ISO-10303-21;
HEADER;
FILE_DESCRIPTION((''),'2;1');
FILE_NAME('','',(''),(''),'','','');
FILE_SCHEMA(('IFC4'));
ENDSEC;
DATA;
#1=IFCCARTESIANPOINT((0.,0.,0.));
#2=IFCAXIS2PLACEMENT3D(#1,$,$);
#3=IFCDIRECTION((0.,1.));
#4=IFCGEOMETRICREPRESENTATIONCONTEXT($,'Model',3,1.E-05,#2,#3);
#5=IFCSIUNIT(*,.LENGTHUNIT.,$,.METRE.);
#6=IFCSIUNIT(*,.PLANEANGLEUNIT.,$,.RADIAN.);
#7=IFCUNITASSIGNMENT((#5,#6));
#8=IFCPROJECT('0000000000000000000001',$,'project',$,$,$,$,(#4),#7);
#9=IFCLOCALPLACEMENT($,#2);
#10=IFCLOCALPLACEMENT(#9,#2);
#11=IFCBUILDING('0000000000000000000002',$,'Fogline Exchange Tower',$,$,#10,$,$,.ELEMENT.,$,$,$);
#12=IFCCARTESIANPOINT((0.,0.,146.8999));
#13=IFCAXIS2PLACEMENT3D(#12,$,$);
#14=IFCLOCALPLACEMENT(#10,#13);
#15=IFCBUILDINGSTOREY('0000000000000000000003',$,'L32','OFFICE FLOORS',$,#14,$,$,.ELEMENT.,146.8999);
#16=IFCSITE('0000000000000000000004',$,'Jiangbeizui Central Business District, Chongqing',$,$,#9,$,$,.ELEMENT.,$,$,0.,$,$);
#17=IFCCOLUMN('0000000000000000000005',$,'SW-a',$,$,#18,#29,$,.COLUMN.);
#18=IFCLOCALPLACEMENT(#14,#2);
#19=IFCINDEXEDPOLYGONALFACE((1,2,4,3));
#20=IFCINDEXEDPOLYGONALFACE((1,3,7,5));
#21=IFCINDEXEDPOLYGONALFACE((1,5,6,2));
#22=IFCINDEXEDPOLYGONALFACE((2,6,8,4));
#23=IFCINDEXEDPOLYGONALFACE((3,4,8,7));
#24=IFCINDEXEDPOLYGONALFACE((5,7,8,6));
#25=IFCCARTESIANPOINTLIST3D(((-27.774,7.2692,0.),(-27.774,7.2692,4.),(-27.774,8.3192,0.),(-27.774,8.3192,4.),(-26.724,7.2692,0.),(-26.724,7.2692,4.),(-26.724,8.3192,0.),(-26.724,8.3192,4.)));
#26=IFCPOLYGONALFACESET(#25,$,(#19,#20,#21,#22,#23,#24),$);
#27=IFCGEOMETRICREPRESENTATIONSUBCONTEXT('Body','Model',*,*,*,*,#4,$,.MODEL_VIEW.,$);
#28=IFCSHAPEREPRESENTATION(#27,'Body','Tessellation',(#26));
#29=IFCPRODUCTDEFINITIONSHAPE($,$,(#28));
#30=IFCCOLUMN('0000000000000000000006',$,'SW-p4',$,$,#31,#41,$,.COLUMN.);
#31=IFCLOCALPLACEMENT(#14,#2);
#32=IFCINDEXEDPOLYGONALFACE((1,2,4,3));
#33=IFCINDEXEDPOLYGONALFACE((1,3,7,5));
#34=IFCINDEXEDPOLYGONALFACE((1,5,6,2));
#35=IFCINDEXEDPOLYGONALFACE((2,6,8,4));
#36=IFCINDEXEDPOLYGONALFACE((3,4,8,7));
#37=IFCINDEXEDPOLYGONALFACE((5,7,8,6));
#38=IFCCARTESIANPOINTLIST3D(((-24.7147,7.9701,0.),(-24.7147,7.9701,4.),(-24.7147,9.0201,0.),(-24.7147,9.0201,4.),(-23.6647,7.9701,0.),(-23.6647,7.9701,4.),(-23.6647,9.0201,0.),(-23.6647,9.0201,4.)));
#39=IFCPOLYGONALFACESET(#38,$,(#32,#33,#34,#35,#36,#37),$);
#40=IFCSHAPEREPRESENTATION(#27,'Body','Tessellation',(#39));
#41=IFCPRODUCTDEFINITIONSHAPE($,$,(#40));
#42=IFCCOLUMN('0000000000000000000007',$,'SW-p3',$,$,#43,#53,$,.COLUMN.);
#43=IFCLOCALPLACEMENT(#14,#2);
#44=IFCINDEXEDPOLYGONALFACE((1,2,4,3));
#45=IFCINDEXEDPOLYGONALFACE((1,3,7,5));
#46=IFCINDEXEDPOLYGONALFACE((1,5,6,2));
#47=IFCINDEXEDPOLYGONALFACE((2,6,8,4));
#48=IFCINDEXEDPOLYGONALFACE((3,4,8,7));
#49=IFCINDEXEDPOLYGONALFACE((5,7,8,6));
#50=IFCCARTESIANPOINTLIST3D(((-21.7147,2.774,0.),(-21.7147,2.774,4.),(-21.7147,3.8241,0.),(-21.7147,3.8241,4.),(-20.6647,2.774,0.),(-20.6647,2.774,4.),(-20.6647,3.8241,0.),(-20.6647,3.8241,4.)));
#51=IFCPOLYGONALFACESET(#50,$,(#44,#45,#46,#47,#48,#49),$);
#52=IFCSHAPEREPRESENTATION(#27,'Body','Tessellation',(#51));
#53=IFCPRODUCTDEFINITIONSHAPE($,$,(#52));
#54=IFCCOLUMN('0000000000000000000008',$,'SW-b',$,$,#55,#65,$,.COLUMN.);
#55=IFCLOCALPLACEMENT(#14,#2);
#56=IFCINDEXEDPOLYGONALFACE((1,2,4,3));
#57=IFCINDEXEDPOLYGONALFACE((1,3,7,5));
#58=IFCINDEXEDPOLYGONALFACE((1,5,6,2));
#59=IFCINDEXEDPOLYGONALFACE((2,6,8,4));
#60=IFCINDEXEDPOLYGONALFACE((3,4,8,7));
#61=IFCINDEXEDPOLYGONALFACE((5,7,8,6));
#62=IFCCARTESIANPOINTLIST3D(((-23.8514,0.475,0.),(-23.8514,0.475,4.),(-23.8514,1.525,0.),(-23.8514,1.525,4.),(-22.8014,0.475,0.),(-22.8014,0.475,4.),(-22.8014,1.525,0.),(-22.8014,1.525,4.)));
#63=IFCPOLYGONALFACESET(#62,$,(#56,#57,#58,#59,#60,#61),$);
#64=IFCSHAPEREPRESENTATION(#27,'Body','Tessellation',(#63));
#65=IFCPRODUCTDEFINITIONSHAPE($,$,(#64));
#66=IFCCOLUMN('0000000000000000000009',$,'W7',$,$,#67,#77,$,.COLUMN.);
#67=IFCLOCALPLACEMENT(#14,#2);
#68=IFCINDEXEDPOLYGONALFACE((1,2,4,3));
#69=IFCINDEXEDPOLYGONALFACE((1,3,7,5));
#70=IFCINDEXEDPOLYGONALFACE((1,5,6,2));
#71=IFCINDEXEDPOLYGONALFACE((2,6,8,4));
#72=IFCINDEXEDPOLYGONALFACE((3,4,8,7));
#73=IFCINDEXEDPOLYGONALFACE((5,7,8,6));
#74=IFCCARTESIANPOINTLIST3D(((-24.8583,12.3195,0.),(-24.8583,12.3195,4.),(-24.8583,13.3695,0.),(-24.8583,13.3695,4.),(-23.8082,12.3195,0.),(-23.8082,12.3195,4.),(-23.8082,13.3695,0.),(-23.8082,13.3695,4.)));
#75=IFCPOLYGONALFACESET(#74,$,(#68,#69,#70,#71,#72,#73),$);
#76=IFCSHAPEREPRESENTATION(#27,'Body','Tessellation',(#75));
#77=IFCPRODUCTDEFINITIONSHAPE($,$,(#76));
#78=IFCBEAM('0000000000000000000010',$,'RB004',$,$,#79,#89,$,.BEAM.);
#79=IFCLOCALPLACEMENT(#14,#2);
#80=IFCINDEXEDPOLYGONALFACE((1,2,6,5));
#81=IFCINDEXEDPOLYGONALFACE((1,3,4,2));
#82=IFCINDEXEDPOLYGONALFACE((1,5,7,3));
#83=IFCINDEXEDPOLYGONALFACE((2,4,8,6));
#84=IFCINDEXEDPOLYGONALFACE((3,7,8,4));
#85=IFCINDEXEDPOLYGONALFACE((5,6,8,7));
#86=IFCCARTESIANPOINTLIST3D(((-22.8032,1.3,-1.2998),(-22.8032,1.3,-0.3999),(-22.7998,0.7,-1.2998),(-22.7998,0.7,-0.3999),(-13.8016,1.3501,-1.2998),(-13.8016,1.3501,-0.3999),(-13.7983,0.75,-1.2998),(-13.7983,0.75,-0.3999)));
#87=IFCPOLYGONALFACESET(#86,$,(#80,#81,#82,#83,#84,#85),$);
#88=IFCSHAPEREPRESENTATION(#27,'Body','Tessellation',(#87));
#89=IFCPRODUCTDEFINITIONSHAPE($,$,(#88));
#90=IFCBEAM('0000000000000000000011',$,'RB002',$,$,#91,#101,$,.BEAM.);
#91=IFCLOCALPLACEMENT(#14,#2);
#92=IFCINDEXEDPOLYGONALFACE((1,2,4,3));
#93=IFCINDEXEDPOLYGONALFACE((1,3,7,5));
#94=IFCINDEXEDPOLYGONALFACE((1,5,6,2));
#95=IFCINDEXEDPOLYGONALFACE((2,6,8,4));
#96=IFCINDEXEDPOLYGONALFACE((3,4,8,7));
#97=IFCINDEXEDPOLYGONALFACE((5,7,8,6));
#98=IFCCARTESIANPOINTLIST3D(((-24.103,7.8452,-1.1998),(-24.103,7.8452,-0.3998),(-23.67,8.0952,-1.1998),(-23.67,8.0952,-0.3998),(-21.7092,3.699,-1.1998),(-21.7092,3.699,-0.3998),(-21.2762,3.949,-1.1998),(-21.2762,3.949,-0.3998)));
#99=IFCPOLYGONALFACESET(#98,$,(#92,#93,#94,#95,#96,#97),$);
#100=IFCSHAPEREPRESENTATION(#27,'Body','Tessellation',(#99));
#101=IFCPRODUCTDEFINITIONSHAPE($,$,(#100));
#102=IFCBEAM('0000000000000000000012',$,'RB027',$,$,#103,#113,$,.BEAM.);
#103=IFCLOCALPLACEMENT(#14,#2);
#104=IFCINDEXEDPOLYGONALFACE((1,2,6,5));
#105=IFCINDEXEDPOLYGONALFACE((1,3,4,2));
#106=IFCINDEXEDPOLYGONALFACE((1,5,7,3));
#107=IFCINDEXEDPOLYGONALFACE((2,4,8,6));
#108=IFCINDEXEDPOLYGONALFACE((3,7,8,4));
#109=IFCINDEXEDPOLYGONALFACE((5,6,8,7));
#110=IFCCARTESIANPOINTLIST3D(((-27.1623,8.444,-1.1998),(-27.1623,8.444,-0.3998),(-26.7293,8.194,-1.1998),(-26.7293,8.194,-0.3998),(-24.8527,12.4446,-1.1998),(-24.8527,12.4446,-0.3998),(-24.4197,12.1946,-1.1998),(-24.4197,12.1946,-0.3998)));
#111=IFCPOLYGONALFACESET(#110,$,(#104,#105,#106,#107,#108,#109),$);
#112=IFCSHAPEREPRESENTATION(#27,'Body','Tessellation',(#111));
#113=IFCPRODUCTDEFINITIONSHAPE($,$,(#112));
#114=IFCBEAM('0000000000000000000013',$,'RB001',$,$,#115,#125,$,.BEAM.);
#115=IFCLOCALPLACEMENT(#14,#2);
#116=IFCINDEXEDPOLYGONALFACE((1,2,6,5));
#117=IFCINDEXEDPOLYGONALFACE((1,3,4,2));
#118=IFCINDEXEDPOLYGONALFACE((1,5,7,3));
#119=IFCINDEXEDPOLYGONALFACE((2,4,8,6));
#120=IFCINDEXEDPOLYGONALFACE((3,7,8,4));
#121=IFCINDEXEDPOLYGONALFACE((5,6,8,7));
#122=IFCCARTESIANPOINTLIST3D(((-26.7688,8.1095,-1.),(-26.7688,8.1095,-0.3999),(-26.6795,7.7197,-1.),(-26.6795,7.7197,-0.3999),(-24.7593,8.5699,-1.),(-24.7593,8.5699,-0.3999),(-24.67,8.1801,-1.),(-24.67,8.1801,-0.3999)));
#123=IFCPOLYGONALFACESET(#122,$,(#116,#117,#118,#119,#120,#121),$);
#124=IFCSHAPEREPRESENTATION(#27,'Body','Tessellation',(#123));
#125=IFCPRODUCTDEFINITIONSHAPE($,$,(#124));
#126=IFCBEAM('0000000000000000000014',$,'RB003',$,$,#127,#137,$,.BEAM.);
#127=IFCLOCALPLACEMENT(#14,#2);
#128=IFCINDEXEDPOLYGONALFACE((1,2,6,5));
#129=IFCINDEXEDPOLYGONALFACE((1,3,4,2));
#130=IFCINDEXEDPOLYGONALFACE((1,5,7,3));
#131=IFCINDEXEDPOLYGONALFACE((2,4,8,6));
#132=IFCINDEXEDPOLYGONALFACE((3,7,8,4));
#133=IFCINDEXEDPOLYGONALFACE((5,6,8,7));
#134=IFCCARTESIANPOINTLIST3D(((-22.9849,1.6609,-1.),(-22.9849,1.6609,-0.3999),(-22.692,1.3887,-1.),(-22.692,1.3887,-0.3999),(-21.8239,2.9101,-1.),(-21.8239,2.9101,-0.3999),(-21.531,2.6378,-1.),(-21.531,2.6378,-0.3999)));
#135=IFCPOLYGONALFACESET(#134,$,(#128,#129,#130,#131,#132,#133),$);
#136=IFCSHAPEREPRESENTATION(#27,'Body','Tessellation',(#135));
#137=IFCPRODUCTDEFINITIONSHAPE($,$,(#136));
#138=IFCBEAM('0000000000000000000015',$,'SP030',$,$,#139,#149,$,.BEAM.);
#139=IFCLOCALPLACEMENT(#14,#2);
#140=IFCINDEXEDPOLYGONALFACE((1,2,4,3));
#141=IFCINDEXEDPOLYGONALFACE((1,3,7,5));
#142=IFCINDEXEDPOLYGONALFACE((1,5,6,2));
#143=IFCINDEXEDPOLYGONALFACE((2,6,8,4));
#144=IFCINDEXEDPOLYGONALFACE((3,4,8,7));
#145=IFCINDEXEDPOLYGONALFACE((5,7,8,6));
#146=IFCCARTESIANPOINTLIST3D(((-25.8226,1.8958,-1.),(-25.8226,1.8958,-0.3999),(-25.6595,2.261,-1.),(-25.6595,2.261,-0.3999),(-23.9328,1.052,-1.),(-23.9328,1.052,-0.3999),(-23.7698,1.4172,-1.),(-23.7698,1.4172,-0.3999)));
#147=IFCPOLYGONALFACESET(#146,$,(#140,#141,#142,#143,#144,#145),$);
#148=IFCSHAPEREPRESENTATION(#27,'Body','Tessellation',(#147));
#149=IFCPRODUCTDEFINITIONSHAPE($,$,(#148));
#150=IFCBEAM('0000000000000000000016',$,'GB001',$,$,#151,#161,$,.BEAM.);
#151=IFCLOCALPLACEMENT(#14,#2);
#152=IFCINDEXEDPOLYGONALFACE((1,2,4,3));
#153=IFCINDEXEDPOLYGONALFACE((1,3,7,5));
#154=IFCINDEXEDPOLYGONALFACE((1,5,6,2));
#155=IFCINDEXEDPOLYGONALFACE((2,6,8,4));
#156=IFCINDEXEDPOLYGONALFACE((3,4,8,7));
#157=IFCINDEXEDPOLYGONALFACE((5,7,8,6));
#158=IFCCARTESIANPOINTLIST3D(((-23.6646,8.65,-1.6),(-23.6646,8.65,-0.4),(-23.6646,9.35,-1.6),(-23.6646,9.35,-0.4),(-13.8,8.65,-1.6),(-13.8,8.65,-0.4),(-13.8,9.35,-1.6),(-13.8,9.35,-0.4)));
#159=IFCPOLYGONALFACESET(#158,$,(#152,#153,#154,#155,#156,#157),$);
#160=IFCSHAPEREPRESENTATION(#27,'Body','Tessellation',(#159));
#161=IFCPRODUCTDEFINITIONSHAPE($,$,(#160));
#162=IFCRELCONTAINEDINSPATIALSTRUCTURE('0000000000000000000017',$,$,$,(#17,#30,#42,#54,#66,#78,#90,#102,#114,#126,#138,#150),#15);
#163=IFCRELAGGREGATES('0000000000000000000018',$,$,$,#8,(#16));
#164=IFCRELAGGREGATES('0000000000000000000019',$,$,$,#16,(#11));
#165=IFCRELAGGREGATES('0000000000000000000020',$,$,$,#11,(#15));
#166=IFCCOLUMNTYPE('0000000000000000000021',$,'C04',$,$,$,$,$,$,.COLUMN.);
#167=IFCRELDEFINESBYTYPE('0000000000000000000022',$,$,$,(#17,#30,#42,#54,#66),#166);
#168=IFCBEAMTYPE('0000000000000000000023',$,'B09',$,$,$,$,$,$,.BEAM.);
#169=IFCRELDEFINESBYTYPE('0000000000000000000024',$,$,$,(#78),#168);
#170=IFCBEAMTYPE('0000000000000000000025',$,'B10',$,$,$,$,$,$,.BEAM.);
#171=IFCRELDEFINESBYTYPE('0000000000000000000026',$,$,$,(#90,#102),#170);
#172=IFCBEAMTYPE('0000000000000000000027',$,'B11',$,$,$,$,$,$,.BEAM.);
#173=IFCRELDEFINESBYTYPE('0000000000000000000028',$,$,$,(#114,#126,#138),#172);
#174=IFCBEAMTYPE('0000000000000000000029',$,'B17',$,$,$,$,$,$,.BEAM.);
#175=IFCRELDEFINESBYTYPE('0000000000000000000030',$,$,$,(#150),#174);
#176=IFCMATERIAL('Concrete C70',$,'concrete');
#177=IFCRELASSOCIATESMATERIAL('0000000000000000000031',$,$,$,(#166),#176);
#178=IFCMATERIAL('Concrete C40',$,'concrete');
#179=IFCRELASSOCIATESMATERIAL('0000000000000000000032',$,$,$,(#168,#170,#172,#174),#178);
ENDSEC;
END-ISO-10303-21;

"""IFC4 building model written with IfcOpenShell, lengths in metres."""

from ifc_helpers import new_model, si_unit, direction, frame, origin, origin_2d, place, context, subcontext, project, spatial, rectangle, extrude, material, material_profile, profile_set, type_object, element, save


model = new_model("IFC4")

# Units and contexts
model_context = context("Model", 3, precision=1e-05, world=origin(), true_north=direction((0.0, 1.0)))
body_context = subcontext(model_context, "Body", "Model", "MODEL_VIEW")
ifc_project = project(units=[si_unit("LENGTHUNIT", "METRE"), si_unit("PLANEANGLEUNIT", "RADIAN")], contexts=[model_context])

# Site, building, storey
site_placement = place(None, origin())
site = spatial("IfcSite", under=ifc_project, at=site_placement, Name="Jiangbeizui Central Business District, Chongqing", CompositionType="ELEMENT", RefElevation=0.0)
building_placement = place(site_placement, origin())
building = spatial("IfcBuilding", under=site, at=building_placement, Name="Fogline Exchange Tower", CompositionType="ELEMENT")
storey_placement = place(building_placement, frame((0.0, 0.0, 146.8999)))
storey = spatial("IfcBuildingStorey", under=building, at=storey_placement, Name="L32", Description="OFFICE FLOORS", CompositionType="ELEMENT", Elevation=146.8999)

# Columns
ifc_material_1 = material(Name="Concrete C70", Category="concrete")
ifc_material_profile_1 = material_profile(ifc_material_1, rectangle(XDim=1.05, YDim=1.05, at=origin_2d()), Name="RC 1050x1050")
ifc_profile_set_1 = profile_set([ifc_material_profile_1], Name="Concrete C70")
column_type = type_object("IfcColumnType", Name="C04", PredefinedType="COLUMN", material=ifc_profile_set_1)
for number, where, z_axis, x_axis, name in (
    (1, (-27.249, 7.7942, 0.0), (0.0, 0.0, 1.0), (1.0, 0.0, 0.0), "SW-a"),
    (2, (-24.1897, 8.4951, 0.0), (0.0, 0.0, 1.0), (1.0, 0.0, 0.0), "SW-p4"),
    (3, (-21.1897, 3.2991, 0.0), (0.0, 0.0, 1.0), (1.0, 0.0, 0.0), "SW-p3"),
    (4, (-23.3264, 1.0, 0.0), (0.0, 0.0, 1.0), (1.0, 0.0, 0.0), "SW-b"),
    (5, (-24.3333, 12.8445, 0.0), (0.0, 0.0, 1.0), (1.0, 0.0, 0.0), "W7"),
):
    element("IfcColumn", number, at=place(storey_placement, frame(where, z_axis=z_axis, x_axis=x_axis)), inside=storey, type_object=column_type, Name=name, PredefinedType="COLUMN", context=body_context, shape_type="SweptSolid", body=[
        extrude(rectangle(XDim=1.05, YDim=1.05, at=origin_2d()), origin(), (0.0, 0.0, 1.0), 4.0),
    ])

# Beams
ifc_material_2 = material(Name="Concrete C40", Category="concrete")
ifc_material_profile_2 = material_profile(ifc_material_2, rectangle(XDim=0.6001, YDim=0.8999, at=origin_2d()), Name="RC 600x900")
ifc_profile_set_2 = profile_set([ifc_material_profile_2], Name="Concrete C40")
beam_type_1 = type_object("IfcBeamType", Name="B09", PredefinedType="BEAM", material=ifc_profile_set_2)
beam_1_placement = place(storey_placement, frame((-22.8015, 1.0, -0.8499), z_axis=(0.999985, 0.00556, 0.0), x_axis=(-0.00556, 0.999985, 0.0)))
element("IfcBeam", 6, at=beam_1_placement, inside=storey, type_object=beam_type_1, Name="RB004", PredefinedType="BEAM", context=body_context, shape_type="SweptSolid", body=[
    extrude(rectangle(XDim=0.6001, YDim=0.8999, at=origin_2d()), origin(), (0.0, 0.0, 1.0), 9.0017),
])
ifc_material_profile_3 = material_profile(ifc_material_2, rectangle(XDim=0.5, YDim=0.8, at=origin_2d()), Name="RC 500x800")
ifc_profile_set_3 = profile_set([ifc_material_profile_3], Name="Concrete C40")
beam_type_2 = type_object("IfcBeamType", Name="B10", PredefinedType="BEAM", material=ifc_profile_set_3)
beam_2_placement = place(storey_placement, frame((-23.8865, 7.9702, -0.7998), z_axis=(0.499995, -0.866028, 0.0), x_axis=(0.866028, 0.499995, 0.0)))
element("IfcBeam", 7, at=beam_2_placement, inside=storey, type_object=beam_type_2, Name="RB002", PredefinedType="BEAM", context=body_context, shape_type="SweptSolid", body=[
    extrude(rectangle(XDim=0.5, YDim=0.8, at=origin_2d()), origin(), (0.0, 0.0, 1.0), 4.7876),
])
beam_3_placement = place(storey_placement, frame((-24.6362, 12.3196, -0.7998), z_axis=(-0.499982, -0.866036, 0.0), x_axis=(0.866036, -0.499982, 0.0)))
element("IfcBeam", 8, at=beam_3_placement, inside=storey, type_object=beam_type_2, Name="RB027", PredefinedType="BEAM", context=body_context, shape_type="SweptSolid", body=[
    extrude(rectangle(XDim=0.5, YDim=0.8, at=origin_2d()), origin(), (0.0, 0.0, 1.0), 4.6194),
])
ifc_material_profile_4 = material_profile(ifc_material_2, rectangle(XDim=0.3999, YDim=0.6001, at=origin_2d()), Name="RC 400x600")
ifc_profile_set_4 = profile_set([ifc_material_profile_4], Name="Concrete C40")
beam_type_3 = type_object("IfcBeamType", Name="B11", PredefinedType="BEAM", material=ifc_profile_set_4)
beam_4_placement = place(storey_placement, frame((-26.7241, 7.9146, -0.7), z_axis=(0.974739, 0.223346, 0.0), x_axis=(-0.223346, 0.974739, 0.0)))
element("IfcBeam", 9, at=beam_4_placement, inside=storey, type_object=beam_type_3, Name="RB001", PredefinedType="BEAM", context=body_context, shape_type="SweptSolid", body=[
    extrude(rectangle(XDim=0.3999, YDim=0.6001, at=origin_2d()), origin(), (0.0, 0.0, 1.0), 2.0615),
])
beam_5_placement = place(storey_placement, frame((-21.6775, 2.7739, -0.7), z_axis=(-0.680792, -0.732477, 0.0), x_axis=(0.732477, -0.680792, 0.0)))
element("IfcBeam", 10, at=beam_5_placement, inside=storey, type_object=beam_type_3, Name="RB003", PredefinedType="BEAM", context=body_context, shape_type="SweptSolid", body=[
    extrude(rectangle(XDim=0.3999, YDim=0.6001, at=origin_2d()), origin(), (0.0, 0.0, 1.0), 1.7053),
])
beam_6_placement = place(storey_placement, frame((-23.8513, 1.2346, -0.7), z_axis=(-0.91311, 0.407714, 0.0), x_axis=(-0.407714, -0.91311, 0.0)))
element("IfcBeam", 11, at=beam_6_placement, inside=storey, type_object=beam_type_3, Name="SP030", PredefinedType="BEAM", context=body_context, shape_type="SweptSolid", body=[
    extrude(rectangle(XDim=0.3999, YDim=0.6001, at=origin_2d()), origin(), (0.0, 0.0, 1.0), 2.0696),
])
ifc_material_profile_5 = material_profile(ifc_material_2, rectangle(XDim=0.7, YDim=1.2, at=origin_2d()), Name="RC 700x1200")
ifc_profile_set_5 = profile_set([ifc_material_profile_5], Name="Concrete C40")
beam_type_4 = type_object("IfcBeamType", Name="B17", PredefinedType="BEAM", material=ifc_profile_set_5)
beam_7_placement = place(storey_placement, frame((-23.6646, 9.0, -1.0), z_axis=(1.0, 0.0, 0.0), x_axis=(0.0, 1.0, 0.0)))
element("IfcBeam", 12, at=beam_7_placement, inside=storey, type_object=beam_type_4, Name="GB001", PredefinedType="BEAM", context=body_context, shape_type="SweptSolid", body=[
    extrude(rectangle(XDim=0.7, YDim=1.2, at=origin_2d()), origin(), (0.0, 0.0, 1.0), 9.8645),
])

save(model, "model.ifc")
